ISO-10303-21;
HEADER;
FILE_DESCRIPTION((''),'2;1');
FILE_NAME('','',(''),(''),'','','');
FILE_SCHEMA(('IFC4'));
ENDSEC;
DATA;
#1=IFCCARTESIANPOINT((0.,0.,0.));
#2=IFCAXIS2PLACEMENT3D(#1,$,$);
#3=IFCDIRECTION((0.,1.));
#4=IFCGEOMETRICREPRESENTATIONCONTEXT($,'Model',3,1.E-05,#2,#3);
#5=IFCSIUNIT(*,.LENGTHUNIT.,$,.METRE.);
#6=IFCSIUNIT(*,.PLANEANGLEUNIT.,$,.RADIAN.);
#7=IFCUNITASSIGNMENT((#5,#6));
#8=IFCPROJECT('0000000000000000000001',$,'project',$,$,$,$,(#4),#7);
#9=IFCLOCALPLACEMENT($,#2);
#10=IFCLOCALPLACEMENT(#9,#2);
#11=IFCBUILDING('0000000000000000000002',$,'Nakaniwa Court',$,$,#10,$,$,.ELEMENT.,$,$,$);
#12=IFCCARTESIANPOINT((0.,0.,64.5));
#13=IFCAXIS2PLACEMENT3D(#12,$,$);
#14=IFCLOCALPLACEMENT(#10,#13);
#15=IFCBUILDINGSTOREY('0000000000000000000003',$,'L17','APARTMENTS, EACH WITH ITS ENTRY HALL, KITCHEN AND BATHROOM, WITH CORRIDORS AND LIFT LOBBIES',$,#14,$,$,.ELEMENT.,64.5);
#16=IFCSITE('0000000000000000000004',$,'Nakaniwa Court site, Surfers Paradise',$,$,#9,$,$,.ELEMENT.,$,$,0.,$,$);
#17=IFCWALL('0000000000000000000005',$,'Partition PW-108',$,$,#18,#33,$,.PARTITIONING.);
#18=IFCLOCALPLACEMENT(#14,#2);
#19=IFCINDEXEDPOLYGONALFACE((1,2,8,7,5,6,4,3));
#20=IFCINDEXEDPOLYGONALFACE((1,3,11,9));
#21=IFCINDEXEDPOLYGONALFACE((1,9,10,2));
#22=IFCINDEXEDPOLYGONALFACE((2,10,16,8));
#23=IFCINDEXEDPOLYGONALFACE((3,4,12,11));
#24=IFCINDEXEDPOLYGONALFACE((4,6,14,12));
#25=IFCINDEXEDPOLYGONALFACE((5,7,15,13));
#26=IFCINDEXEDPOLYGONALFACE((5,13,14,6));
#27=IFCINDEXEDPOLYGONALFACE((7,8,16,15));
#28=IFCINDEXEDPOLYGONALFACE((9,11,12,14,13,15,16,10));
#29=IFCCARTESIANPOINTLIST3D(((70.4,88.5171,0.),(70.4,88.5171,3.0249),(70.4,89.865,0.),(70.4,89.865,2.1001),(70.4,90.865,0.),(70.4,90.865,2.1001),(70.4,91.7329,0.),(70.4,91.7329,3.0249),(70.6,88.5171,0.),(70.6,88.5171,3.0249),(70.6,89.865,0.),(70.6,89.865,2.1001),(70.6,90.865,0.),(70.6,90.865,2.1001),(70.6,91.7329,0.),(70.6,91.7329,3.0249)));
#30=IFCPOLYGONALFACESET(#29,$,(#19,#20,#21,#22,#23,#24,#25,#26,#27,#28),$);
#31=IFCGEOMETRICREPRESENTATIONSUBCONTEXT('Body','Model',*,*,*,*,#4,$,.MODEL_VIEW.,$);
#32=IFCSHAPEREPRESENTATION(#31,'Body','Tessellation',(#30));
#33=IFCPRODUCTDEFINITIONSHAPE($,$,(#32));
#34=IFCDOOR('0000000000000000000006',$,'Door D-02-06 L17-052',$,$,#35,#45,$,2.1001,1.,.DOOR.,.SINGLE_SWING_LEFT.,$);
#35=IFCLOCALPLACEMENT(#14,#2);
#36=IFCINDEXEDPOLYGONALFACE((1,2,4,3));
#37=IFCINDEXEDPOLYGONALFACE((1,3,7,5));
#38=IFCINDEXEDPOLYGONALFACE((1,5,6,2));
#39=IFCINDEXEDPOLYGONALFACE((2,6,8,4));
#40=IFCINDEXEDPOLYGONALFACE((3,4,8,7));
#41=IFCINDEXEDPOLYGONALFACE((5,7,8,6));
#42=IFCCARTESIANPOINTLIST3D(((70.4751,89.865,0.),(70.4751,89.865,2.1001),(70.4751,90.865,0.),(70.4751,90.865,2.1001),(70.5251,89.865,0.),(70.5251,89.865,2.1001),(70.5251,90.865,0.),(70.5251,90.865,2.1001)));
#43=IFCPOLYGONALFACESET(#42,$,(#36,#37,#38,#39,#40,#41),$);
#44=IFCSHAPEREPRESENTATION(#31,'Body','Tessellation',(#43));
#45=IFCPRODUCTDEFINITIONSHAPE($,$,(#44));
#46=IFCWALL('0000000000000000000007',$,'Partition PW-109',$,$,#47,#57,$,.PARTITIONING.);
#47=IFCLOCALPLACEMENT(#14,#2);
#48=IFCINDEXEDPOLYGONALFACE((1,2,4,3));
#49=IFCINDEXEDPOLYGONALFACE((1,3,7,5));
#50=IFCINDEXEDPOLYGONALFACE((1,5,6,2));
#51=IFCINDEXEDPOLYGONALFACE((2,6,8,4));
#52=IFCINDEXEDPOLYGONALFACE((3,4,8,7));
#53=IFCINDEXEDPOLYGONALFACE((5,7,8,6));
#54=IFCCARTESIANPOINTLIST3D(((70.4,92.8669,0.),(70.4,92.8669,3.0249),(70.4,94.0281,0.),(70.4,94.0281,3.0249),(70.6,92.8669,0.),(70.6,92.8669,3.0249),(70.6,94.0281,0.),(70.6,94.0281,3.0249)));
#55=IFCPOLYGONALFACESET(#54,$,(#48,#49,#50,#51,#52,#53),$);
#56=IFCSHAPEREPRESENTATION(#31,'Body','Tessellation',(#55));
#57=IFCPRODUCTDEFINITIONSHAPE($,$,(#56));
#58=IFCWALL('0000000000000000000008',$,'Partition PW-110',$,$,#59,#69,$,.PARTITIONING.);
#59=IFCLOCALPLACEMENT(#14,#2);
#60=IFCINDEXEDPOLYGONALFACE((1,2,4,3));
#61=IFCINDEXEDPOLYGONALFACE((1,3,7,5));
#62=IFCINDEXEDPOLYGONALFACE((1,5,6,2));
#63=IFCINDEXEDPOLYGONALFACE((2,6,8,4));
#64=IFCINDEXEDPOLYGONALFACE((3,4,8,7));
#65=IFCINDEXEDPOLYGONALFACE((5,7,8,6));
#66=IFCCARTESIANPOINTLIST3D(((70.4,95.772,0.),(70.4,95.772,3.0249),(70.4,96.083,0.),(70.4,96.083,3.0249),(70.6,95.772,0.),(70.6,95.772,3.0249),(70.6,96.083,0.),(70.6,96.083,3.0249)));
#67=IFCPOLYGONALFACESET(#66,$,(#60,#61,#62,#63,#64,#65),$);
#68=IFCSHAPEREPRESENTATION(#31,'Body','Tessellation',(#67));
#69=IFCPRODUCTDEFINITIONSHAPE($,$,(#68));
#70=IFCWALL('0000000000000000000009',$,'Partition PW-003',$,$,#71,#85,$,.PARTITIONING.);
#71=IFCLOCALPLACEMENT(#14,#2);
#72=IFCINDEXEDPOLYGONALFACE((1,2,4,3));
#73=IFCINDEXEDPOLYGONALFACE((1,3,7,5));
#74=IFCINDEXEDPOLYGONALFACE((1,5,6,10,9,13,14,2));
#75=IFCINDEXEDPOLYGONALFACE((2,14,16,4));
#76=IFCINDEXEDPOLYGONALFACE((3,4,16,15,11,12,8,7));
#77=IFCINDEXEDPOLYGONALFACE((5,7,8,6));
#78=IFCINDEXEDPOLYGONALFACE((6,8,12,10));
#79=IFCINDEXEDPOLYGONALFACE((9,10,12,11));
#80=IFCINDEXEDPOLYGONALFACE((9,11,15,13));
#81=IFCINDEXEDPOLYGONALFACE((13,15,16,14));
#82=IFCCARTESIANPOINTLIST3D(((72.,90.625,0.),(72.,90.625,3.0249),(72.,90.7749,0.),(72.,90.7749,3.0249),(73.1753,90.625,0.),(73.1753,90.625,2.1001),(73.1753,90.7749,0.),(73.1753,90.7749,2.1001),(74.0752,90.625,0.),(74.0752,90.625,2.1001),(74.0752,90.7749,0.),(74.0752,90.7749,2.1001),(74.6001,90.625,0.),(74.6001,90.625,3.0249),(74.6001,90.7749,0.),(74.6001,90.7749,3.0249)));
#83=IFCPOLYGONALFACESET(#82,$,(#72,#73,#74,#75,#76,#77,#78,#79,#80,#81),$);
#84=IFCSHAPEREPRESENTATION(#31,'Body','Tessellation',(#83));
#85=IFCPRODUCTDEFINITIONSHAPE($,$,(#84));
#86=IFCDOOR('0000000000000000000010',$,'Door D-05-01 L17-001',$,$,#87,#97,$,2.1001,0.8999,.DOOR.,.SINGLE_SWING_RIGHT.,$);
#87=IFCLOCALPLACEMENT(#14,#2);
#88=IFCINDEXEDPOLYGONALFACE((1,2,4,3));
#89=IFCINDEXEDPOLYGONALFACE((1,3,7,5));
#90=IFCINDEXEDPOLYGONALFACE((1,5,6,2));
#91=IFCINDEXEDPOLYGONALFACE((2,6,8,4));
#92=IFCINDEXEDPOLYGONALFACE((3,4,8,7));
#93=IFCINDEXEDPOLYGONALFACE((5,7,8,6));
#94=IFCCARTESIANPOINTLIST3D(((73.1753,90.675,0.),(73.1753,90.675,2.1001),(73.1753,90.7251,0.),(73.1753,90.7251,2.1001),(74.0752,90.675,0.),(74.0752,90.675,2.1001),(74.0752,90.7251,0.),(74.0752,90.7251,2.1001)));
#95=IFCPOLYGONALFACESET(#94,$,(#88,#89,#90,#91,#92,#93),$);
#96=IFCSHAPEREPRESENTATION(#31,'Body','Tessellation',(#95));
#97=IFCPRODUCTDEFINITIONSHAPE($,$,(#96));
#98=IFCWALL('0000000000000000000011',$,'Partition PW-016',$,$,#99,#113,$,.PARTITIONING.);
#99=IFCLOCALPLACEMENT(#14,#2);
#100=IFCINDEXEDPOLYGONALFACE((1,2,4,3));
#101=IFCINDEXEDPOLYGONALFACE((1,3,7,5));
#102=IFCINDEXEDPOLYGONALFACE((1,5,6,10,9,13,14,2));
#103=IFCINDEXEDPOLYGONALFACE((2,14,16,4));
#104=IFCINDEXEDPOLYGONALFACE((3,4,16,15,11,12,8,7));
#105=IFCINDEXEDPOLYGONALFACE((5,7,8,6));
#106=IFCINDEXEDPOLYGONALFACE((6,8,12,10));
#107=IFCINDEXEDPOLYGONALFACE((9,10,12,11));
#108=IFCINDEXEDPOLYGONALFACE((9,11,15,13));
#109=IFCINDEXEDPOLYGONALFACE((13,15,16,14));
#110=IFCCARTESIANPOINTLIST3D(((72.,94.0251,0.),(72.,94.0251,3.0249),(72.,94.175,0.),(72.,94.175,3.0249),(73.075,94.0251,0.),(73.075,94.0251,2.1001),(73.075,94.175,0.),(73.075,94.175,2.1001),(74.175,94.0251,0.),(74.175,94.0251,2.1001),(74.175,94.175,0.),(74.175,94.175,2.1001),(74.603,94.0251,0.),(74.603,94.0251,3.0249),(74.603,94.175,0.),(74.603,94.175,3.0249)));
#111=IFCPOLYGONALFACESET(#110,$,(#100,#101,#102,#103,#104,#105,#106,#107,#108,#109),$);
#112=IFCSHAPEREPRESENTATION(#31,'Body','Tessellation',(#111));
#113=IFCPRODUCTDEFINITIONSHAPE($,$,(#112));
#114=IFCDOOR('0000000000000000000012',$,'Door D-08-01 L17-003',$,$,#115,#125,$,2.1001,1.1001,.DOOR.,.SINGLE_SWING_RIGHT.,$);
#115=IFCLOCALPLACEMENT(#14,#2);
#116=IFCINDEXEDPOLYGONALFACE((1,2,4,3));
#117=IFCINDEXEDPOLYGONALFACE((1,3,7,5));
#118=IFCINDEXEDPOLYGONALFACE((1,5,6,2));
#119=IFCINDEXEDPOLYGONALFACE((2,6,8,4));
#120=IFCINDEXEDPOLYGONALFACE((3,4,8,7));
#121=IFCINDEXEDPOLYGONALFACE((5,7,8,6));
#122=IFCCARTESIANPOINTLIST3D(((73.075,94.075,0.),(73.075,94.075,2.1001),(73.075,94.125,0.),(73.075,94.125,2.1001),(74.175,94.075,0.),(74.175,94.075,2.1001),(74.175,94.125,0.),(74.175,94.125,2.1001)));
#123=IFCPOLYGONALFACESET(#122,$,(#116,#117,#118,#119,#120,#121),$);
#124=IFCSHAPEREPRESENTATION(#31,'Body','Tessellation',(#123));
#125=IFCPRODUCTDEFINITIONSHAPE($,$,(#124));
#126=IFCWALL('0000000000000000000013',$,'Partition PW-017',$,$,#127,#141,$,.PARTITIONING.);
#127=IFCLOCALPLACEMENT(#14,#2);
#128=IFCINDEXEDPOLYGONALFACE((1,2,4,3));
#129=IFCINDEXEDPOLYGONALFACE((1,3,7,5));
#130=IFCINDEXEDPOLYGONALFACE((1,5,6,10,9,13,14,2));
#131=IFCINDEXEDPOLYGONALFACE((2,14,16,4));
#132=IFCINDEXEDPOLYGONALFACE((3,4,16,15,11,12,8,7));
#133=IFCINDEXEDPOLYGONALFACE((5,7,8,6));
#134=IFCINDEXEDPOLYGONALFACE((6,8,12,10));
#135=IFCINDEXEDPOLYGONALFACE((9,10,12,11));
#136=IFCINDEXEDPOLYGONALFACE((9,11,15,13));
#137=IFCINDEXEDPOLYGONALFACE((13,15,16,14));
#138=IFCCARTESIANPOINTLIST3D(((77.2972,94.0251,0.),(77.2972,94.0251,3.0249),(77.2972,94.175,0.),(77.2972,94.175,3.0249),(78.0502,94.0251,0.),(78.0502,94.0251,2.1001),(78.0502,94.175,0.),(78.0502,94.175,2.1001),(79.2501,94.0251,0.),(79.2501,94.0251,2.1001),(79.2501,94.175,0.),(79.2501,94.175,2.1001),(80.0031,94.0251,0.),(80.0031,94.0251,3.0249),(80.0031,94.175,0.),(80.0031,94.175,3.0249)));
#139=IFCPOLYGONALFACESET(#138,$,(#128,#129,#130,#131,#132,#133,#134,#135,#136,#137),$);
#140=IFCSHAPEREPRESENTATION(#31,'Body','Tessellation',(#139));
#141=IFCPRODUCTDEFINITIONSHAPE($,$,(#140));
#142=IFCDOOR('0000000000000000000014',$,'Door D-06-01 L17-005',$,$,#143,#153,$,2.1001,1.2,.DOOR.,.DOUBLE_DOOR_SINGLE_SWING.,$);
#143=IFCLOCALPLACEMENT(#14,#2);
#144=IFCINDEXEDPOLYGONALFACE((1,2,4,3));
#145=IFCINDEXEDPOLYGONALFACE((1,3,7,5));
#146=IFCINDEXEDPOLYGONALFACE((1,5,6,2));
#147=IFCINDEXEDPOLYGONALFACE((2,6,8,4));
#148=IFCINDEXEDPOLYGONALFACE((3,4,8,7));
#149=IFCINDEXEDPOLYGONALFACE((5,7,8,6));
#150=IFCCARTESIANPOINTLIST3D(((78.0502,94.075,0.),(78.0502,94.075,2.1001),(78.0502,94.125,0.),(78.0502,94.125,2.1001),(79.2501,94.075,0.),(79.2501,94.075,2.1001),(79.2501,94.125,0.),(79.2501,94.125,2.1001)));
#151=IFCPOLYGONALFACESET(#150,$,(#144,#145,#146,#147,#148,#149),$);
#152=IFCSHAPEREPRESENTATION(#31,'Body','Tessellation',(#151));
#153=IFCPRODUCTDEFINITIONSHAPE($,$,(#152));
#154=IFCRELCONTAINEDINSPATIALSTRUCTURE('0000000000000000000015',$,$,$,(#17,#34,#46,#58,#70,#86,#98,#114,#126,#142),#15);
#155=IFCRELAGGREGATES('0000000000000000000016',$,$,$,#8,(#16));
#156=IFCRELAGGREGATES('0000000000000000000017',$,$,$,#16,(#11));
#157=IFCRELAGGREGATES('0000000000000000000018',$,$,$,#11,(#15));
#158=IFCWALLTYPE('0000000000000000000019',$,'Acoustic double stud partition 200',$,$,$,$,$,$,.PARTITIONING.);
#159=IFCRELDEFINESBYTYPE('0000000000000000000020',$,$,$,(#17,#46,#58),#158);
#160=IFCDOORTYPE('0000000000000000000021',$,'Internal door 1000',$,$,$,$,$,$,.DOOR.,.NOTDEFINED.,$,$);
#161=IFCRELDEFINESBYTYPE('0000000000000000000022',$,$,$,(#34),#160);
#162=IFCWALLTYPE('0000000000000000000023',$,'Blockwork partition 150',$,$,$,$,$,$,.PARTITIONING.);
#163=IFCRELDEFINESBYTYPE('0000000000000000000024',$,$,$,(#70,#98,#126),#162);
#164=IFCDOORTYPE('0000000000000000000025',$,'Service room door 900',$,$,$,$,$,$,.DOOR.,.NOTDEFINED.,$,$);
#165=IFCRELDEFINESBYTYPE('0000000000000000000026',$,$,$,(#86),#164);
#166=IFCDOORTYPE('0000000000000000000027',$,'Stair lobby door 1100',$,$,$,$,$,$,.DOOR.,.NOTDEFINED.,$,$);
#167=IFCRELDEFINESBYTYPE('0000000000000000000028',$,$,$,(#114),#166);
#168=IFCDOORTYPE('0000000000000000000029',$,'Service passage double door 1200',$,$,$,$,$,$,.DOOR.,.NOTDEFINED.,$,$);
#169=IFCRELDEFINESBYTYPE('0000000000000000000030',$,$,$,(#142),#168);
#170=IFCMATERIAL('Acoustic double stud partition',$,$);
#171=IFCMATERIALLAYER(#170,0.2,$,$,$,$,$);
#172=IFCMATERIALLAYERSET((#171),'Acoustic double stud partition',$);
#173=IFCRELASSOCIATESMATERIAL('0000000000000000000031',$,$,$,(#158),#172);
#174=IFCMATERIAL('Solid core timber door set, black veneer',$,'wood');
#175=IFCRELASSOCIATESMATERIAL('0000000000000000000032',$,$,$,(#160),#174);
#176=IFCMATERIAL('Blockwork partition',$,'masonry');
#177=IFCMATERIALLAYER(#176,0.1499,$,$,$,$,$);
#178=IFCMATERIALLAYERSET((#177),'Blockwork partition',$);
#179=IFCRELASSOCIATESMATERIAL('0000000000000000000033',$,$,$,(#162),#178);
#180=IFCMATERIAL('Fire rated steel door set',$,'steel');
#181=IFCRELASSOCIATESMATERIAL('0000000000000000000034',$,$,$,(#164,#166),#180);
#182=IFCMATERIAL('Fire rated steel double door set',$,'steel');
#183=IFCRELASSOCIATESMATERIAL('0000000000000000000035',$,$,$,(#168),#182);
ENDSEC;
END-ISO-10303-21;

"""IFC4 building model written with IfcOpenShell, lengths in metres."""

from ifc_helpers import new_model, si_unit, direction, frame, frame_2d, origin, place, context, subcontext, project, spatial, rectangle, extrude, material, layer, layer_set, type_object, element, fill, save


model = new_model("IFC4")

# Units and contexts
model_context = context("Model", 3, precision=1e-05, world=origin(), true_north=direction((0.0, 1.0)))
body_context = subcontext(model_context, "Body", "Model", "MODEL_VIEW")
ifc_project = project(units=[si_unit("LENGTHUNIT", "METRE"), si_unit("PLANEANGLEUNIT", "RADIAN")], contexts=[model_context])

# Site, building, storey
site_placement = place(None, origin())
site = spatial("IfcSite", under=ifc_project, at=site_placement, Name="Nakaniwa Court site, Surfers Paradise", CompositionType="ELEMENT", RefElevation=0.0)
building_placement = place(site_placement, origin())
building = spatial("IfcBuilding", under=site, at=building_placement, Name="Nakaniwa Court", CompositionType="ELEMENT")
storey_placement = place(building_placement, frame((0.0, 0.0, 64.5)))
storey = spatial("IfcBuildingStorey", under=building, at=storey_placement, Name="L17", Description="APARTMENTS, EACH WITH ITS ENTRY HALL, KITCHEN AND BATHROOM, WITH CORRIDORS AND LIFT LOBBIES", CompositionType="ELEMENT", Elevation=64.5)

# Wall, opening, door
ifc_material_1 = material(Name="Acoustic double stud partition")
ifc_layer_1 = layer(ifc_material_1, 0.2)
ifc_layer_set_1 = layer_set([ifc_layer_1], Name="Acoustic double stud partition")
wall_type_1 = type_object("IfcWallType", Name="Acoustic double stud partition 200", PredefinedType="PARTITIONING", material=ifc_layer_set_1)
wall_1_placement = place(storey_placement, frame((70.5, 88.5171, 0.0), z_axis=(0.0, 0.0, 1.0), x_axis=(0.0, 1.0, 0.0)))
wall_1 = element("IfcWall", 1, at=wall_1_placement, inside=storey, type_object=wall_type_1, Name="Partition PW-108", PredefinedType="PARTITIONING", context=body_context, shape_type="SweptSolid", body=[
    extrude(rectangle(XDim=3.2158, YDim=0.2, at=frame_2d((1.6079, 0.0))), origin(), (0.0, 0.0, 1.0), 3.0249),
])
opening_1_placement = place(wall_1_placement, frame((1.3479, 0.0, 0.0)))
opening_1 = element("IfcOpeningElement", 2, at=opening_1_placement, cuts=wall_1, PredefinedType="OPENING", context=body_context, shape_type="SweptSolid", body=[
    extrude(rectangle(XDim=1.0, YDim=2.1001, at=frame_2d((0.5, 1.05))), frame((0.0, 0.1099, 0.0), z_axis=(0.0, -1.0, 0.0), x_axis=(1.0, 0.0, 0.0)), (0.0, 0.0, 1.0), 0.22),
])
ifc_material_2 = material(Name="Solid core timber door set, black veneer", Category="wood")
door_type_1 = type_object("IfcDoorType", Name="Internal door 1000", OperationType="NOTDEFINED", PredefinedType="DOOR", material=ifc_material_2)
door_1_placement = place(opening_1_placement, origin())
door_1 = element("IfcDoor", 3, at=door_1_placement, inside=storey, type_object=door_type_1, Name="Door D-02-06 L17-052", OperationType="SINGLE_SWING_LEFT", OverallHeight=2.1001, OverallWidth=1.0, PredefinedType="DOOR", context=body_context, shape_type="SweptSolid", body=[
    extrude(rectangle(XDim=1.0, YDim=2.1001, at=frame_2d((0.5, 1.05))), frame((0.0, 0.0249, 0.0), z_axis=(0.0, -1.0, 0.0), x_axis=(1.0, 0.0, 0.0)), (0.0, 0.0, 1.0), 0.05),
])
fill(opening_1, door_1)

# Walls
wall_2_placement = place(storey_placement, frame((70.5, 92.8669, 0.0), z_axis=(0.0, 0.0, 1.0), x_axis=(0.0, 1.0, 0.0)))
element("IfcWall", 4, at=wall_2_placement, inside=storey, type_object=wall_type_1, Name="Partition PW-109", PredefinedType="PARTITIONING", context=body_context, shape_type="SweptSolid", body=[
    extrude(rectangle(XDim=1.1611, YDim=0.2, at=frame_2d((0.5806, 0.0))), origin(), (0.0, 0.0, 1.0), 3.0249),
])
wall_3_placement = place(storey_placement, frame((70.5, 95.772, 0.0), z_axis=(0.0, 0.0, 1.0), x_axis=(0.0, 1.0, 0.0)))
element("IfcWall", 5, at=wall_3_placement, inside=storey, type_object=wall_type_1, Name="Partition PW-110", PredefinedType="PARTITIONING", context=body_context, shape_type="SweptSolid", body=[
    extrude(rectangle(XDim=0.311, YDim=0.2, at=frame_2d((0.1555, 0.0))), origin(), (0.0, 0.0, 1.0), 3.0249),
])

# Walls, openings, doors
ifc_material_3 = material(Name="Blockwork partition", Category="masonry")
ifc_layer_2 = layer(ifc_material_3, 0.1499)
ifc_layer_set_2 = layer_set([ifc_layer_2], Name="Blockwork partition")
wall_type_2 = type_object("IfcWallType", Name="Blockwork partition 150", PredefinedType="PARTITIONING", material=ifc_layer_set_2)
wall_4_placement = place(storey_placement, frame((74.6001, 90.7, 0.0), z_axis=(0.0, 0.0, 1.0), x_axis=(-1.0, 0.0, 0.0)))
wall_4 = element("IfcWall", 6, at=wall_4_placement, inside=storey, type_object=wall_type_2, Name="Partition PW-003", PredefinedType="PARTITIONING", context=body_context, shape_type="SweptSolid", body=[
    extrude(rectangle(XDim=2.6001, YDim=0.1499, at=frame_2d((1.3, 0.0))), origin(), (0.0, 0.0, 1.0), 3.0249),
])
opening_2_placement = place(wall_4_placement, frame((0.5249, 0.0, 0.0)))
opening_2 = element("IfcOpeningElement", 7, at=opening_2_placement, cuts=wall_4, PredefinedType="OPENING", context=body_context, shape_type="SweptSolid", body=[
    extrude(rectangle(XDim=0.8999, YDim=2.1001, at=frame_2d((0.45, 1.05))), frame((0.0, 0.085, 0.0), z_axis=(0.0, -1.0, 0.0), x_axis=(1.0, 0.0, 0.0)), (0.0, 0.0, 1.0), 0.1699),
])
ifc_material_4 = material(Name="Fire rated steel door set", Category="steel")
door_type_2 = type_object("IfcDoorType", Name="Service room door 900", OperationType="NOTDEFINED", PredefinedType="DOOR", material=ifc_material_4)
door_2_placement = place(opening_2_placement, origin())
door_2 = element("IfcDoor", 8, at=door_2_placement, inside=storey, type_object=door_type_2, Name="Door D-05-01 L17-001", OperationType="SINGLE_SWING_RIGHT", OverallHeight=2.1001, OverallWidth=0.8999, PredefinedType="DOOR", context=body_context, shape_type="SweptSolid", body=[
    extrude(rectangle(XDim=0.8999, YDim=2.1001, at=frame_2d((0.45, 1.05))), frame((0.0, 0.0249, 0.0), z_axis=(0.0, -1.0, 0.0), x_axis=(1.0, 0.0, 0.0)), (0.0, 0.0, 1.0), 0.05),
])
fill(opening_2, door_2)
wall_5_placement = place(storey_placement, frame((72.0, 94.1001, 0.0), z_axis=(0.0, 0.0, 1.0), x_axis=(1.0, 0.0, 0.0)))
wall_5 = element("IfcWall", 9, at=wall_5_placement, inside=storey, type_object=wall_type_2, Name="Partition PW-016", PredefinedType="PARTITIONING", context=body_context, shape_type="SweptSolid", body=[
    extrude(rectangle(XDim=2.603, YDim=0.1499, at=frame_2d((1.3015, 0.0))), origin(), (0.0, 0.0, 1.0), 3.0249),
])
opening_3_placement = place(wall_5_placement, frame((1.075, 0.0, 0.0)))
opening_3 = element("IfcOpeningElement", 10, at=opening_3_placement, cuts=wall_5, PredefinedType="OPENING", context=body_context, shape_type="SweptSolid", body=[
    extrude(rectangle(XDim=1.1001, YDim=2.1001, at=frame_2d((0.55, 1.05))), frame((0.0, 0.085, 0.0), z_axis=(0.0, -1.0, 0.0), x_axis=(1.0, 0.0, 0.0)), (0.0, 0.0, 1.0), 0.1699),
])
door_type_3 = type_object("IfcDoorType", Name="Stair lobby door 1100", OperationType="NOTDEFINED", PredefinedType="DOOR", material=ifc_material_4)
door_3_placement = place(opening_3_placement, origin())
door_3 = element("IfcDoor", 11, at=door_3_placement, inside=storey, type_object=door_type_3, Name="Door D-08-01 L17-003", OperationType="SINGLE_SWING_RIGHT", OverallHeight=2.1001, OverallWidth=1.1001, PredefinedType="DOOR", context=body_context, shape_type="SweptSolid", body=[
    extrude(rectangle(XDim=1.1001, YDim=2.1001, at=frame_2d((0.55, 1.05))), frame((0.0, 0.0249, 0.0), z_axis=(0.0, -1.0, 0.0), x_axis=(1.0, 0.0, 0.0)), (0.0, 0.0, 1.0), 0.05),
])
fill(opening_3, door_3)
wall_6_placement = place(storey_placement, frame((77.2971, 94.1001, 0.0), z_axis=(0.0, 0.0, 1.0), x_axis=(1.0, 0.0, 0.0)))
wall_6 = element("IfcWall", 12, at=wall_6_placement, inside=storey, type_object=wall_type_2, Name="Partition PW-017", PredefinedType="PARTITIONING", context=body_context, shape_type="SweptSolid", body=[
    extrude(rectangle(XDim=2.7058, YDim=0.1499, at=frame_2d((1.353, 0.0))), origin(), (0.0, 0.0, 1.0), 3.0249),
])
opening_4_placement = place(wall_6_placement, frame((0.7529, 0.0, 0.0)))
opening_4 = element("IfcOpeningElement", 13, at=opening_4_placement, cuts=wall_6, PredefinedType="OPENING", context=body_context, shape_type="SweptSolid", body=[
    extrude(rectangle(XDim=1.2, YDim=2.1001, at=frame_2d((0.6001, 1.05))), frame((0.0, 0.085, 0.0), z_axis=(0.0, -1.0, 0.0), x_axis=(1.0, 0.0, 0.0)), (0.0, 0.0, 1.0), 0.1699),
])
ifc_material_5 = material(Name="Fire rated steel double door set", Category="steel")
door_type_4 = type_object("IfcDoorType", Name="Service passage double door 1200", OperationType="NOTDEFINED", PredefinedType="DOOR", material=ifc_material_5)
door_4_placement = place(opening_4_placement, origin())
door_4 = element("IfcDoor", 14, at=door_4_placement, inside=storey, type_object=door_type_4, Name="Door D-06-01 L17-005", OperationType="DOUBLE_DOOR_SINGLE_SWING", OverallHeight=2.1001, OverallWidth=1.2, PredefinedType="DOOR", context=body_context, shape_type="SweptSolid", body=[
    extrude(rectangle(XDim=1.2, YDim=2.1001, at=frame_2d((0.6001, 1.05))), frame((0.0, 0.0249, 0.0), z_axis=(0.0, -1.0, 0.0), x_axis=(1.0, 0.0, 0.0)), (0.0, 0.0, 1.0), 0.05),
])
fill(opening_4, door_4)

save(model, "model.ifc")
